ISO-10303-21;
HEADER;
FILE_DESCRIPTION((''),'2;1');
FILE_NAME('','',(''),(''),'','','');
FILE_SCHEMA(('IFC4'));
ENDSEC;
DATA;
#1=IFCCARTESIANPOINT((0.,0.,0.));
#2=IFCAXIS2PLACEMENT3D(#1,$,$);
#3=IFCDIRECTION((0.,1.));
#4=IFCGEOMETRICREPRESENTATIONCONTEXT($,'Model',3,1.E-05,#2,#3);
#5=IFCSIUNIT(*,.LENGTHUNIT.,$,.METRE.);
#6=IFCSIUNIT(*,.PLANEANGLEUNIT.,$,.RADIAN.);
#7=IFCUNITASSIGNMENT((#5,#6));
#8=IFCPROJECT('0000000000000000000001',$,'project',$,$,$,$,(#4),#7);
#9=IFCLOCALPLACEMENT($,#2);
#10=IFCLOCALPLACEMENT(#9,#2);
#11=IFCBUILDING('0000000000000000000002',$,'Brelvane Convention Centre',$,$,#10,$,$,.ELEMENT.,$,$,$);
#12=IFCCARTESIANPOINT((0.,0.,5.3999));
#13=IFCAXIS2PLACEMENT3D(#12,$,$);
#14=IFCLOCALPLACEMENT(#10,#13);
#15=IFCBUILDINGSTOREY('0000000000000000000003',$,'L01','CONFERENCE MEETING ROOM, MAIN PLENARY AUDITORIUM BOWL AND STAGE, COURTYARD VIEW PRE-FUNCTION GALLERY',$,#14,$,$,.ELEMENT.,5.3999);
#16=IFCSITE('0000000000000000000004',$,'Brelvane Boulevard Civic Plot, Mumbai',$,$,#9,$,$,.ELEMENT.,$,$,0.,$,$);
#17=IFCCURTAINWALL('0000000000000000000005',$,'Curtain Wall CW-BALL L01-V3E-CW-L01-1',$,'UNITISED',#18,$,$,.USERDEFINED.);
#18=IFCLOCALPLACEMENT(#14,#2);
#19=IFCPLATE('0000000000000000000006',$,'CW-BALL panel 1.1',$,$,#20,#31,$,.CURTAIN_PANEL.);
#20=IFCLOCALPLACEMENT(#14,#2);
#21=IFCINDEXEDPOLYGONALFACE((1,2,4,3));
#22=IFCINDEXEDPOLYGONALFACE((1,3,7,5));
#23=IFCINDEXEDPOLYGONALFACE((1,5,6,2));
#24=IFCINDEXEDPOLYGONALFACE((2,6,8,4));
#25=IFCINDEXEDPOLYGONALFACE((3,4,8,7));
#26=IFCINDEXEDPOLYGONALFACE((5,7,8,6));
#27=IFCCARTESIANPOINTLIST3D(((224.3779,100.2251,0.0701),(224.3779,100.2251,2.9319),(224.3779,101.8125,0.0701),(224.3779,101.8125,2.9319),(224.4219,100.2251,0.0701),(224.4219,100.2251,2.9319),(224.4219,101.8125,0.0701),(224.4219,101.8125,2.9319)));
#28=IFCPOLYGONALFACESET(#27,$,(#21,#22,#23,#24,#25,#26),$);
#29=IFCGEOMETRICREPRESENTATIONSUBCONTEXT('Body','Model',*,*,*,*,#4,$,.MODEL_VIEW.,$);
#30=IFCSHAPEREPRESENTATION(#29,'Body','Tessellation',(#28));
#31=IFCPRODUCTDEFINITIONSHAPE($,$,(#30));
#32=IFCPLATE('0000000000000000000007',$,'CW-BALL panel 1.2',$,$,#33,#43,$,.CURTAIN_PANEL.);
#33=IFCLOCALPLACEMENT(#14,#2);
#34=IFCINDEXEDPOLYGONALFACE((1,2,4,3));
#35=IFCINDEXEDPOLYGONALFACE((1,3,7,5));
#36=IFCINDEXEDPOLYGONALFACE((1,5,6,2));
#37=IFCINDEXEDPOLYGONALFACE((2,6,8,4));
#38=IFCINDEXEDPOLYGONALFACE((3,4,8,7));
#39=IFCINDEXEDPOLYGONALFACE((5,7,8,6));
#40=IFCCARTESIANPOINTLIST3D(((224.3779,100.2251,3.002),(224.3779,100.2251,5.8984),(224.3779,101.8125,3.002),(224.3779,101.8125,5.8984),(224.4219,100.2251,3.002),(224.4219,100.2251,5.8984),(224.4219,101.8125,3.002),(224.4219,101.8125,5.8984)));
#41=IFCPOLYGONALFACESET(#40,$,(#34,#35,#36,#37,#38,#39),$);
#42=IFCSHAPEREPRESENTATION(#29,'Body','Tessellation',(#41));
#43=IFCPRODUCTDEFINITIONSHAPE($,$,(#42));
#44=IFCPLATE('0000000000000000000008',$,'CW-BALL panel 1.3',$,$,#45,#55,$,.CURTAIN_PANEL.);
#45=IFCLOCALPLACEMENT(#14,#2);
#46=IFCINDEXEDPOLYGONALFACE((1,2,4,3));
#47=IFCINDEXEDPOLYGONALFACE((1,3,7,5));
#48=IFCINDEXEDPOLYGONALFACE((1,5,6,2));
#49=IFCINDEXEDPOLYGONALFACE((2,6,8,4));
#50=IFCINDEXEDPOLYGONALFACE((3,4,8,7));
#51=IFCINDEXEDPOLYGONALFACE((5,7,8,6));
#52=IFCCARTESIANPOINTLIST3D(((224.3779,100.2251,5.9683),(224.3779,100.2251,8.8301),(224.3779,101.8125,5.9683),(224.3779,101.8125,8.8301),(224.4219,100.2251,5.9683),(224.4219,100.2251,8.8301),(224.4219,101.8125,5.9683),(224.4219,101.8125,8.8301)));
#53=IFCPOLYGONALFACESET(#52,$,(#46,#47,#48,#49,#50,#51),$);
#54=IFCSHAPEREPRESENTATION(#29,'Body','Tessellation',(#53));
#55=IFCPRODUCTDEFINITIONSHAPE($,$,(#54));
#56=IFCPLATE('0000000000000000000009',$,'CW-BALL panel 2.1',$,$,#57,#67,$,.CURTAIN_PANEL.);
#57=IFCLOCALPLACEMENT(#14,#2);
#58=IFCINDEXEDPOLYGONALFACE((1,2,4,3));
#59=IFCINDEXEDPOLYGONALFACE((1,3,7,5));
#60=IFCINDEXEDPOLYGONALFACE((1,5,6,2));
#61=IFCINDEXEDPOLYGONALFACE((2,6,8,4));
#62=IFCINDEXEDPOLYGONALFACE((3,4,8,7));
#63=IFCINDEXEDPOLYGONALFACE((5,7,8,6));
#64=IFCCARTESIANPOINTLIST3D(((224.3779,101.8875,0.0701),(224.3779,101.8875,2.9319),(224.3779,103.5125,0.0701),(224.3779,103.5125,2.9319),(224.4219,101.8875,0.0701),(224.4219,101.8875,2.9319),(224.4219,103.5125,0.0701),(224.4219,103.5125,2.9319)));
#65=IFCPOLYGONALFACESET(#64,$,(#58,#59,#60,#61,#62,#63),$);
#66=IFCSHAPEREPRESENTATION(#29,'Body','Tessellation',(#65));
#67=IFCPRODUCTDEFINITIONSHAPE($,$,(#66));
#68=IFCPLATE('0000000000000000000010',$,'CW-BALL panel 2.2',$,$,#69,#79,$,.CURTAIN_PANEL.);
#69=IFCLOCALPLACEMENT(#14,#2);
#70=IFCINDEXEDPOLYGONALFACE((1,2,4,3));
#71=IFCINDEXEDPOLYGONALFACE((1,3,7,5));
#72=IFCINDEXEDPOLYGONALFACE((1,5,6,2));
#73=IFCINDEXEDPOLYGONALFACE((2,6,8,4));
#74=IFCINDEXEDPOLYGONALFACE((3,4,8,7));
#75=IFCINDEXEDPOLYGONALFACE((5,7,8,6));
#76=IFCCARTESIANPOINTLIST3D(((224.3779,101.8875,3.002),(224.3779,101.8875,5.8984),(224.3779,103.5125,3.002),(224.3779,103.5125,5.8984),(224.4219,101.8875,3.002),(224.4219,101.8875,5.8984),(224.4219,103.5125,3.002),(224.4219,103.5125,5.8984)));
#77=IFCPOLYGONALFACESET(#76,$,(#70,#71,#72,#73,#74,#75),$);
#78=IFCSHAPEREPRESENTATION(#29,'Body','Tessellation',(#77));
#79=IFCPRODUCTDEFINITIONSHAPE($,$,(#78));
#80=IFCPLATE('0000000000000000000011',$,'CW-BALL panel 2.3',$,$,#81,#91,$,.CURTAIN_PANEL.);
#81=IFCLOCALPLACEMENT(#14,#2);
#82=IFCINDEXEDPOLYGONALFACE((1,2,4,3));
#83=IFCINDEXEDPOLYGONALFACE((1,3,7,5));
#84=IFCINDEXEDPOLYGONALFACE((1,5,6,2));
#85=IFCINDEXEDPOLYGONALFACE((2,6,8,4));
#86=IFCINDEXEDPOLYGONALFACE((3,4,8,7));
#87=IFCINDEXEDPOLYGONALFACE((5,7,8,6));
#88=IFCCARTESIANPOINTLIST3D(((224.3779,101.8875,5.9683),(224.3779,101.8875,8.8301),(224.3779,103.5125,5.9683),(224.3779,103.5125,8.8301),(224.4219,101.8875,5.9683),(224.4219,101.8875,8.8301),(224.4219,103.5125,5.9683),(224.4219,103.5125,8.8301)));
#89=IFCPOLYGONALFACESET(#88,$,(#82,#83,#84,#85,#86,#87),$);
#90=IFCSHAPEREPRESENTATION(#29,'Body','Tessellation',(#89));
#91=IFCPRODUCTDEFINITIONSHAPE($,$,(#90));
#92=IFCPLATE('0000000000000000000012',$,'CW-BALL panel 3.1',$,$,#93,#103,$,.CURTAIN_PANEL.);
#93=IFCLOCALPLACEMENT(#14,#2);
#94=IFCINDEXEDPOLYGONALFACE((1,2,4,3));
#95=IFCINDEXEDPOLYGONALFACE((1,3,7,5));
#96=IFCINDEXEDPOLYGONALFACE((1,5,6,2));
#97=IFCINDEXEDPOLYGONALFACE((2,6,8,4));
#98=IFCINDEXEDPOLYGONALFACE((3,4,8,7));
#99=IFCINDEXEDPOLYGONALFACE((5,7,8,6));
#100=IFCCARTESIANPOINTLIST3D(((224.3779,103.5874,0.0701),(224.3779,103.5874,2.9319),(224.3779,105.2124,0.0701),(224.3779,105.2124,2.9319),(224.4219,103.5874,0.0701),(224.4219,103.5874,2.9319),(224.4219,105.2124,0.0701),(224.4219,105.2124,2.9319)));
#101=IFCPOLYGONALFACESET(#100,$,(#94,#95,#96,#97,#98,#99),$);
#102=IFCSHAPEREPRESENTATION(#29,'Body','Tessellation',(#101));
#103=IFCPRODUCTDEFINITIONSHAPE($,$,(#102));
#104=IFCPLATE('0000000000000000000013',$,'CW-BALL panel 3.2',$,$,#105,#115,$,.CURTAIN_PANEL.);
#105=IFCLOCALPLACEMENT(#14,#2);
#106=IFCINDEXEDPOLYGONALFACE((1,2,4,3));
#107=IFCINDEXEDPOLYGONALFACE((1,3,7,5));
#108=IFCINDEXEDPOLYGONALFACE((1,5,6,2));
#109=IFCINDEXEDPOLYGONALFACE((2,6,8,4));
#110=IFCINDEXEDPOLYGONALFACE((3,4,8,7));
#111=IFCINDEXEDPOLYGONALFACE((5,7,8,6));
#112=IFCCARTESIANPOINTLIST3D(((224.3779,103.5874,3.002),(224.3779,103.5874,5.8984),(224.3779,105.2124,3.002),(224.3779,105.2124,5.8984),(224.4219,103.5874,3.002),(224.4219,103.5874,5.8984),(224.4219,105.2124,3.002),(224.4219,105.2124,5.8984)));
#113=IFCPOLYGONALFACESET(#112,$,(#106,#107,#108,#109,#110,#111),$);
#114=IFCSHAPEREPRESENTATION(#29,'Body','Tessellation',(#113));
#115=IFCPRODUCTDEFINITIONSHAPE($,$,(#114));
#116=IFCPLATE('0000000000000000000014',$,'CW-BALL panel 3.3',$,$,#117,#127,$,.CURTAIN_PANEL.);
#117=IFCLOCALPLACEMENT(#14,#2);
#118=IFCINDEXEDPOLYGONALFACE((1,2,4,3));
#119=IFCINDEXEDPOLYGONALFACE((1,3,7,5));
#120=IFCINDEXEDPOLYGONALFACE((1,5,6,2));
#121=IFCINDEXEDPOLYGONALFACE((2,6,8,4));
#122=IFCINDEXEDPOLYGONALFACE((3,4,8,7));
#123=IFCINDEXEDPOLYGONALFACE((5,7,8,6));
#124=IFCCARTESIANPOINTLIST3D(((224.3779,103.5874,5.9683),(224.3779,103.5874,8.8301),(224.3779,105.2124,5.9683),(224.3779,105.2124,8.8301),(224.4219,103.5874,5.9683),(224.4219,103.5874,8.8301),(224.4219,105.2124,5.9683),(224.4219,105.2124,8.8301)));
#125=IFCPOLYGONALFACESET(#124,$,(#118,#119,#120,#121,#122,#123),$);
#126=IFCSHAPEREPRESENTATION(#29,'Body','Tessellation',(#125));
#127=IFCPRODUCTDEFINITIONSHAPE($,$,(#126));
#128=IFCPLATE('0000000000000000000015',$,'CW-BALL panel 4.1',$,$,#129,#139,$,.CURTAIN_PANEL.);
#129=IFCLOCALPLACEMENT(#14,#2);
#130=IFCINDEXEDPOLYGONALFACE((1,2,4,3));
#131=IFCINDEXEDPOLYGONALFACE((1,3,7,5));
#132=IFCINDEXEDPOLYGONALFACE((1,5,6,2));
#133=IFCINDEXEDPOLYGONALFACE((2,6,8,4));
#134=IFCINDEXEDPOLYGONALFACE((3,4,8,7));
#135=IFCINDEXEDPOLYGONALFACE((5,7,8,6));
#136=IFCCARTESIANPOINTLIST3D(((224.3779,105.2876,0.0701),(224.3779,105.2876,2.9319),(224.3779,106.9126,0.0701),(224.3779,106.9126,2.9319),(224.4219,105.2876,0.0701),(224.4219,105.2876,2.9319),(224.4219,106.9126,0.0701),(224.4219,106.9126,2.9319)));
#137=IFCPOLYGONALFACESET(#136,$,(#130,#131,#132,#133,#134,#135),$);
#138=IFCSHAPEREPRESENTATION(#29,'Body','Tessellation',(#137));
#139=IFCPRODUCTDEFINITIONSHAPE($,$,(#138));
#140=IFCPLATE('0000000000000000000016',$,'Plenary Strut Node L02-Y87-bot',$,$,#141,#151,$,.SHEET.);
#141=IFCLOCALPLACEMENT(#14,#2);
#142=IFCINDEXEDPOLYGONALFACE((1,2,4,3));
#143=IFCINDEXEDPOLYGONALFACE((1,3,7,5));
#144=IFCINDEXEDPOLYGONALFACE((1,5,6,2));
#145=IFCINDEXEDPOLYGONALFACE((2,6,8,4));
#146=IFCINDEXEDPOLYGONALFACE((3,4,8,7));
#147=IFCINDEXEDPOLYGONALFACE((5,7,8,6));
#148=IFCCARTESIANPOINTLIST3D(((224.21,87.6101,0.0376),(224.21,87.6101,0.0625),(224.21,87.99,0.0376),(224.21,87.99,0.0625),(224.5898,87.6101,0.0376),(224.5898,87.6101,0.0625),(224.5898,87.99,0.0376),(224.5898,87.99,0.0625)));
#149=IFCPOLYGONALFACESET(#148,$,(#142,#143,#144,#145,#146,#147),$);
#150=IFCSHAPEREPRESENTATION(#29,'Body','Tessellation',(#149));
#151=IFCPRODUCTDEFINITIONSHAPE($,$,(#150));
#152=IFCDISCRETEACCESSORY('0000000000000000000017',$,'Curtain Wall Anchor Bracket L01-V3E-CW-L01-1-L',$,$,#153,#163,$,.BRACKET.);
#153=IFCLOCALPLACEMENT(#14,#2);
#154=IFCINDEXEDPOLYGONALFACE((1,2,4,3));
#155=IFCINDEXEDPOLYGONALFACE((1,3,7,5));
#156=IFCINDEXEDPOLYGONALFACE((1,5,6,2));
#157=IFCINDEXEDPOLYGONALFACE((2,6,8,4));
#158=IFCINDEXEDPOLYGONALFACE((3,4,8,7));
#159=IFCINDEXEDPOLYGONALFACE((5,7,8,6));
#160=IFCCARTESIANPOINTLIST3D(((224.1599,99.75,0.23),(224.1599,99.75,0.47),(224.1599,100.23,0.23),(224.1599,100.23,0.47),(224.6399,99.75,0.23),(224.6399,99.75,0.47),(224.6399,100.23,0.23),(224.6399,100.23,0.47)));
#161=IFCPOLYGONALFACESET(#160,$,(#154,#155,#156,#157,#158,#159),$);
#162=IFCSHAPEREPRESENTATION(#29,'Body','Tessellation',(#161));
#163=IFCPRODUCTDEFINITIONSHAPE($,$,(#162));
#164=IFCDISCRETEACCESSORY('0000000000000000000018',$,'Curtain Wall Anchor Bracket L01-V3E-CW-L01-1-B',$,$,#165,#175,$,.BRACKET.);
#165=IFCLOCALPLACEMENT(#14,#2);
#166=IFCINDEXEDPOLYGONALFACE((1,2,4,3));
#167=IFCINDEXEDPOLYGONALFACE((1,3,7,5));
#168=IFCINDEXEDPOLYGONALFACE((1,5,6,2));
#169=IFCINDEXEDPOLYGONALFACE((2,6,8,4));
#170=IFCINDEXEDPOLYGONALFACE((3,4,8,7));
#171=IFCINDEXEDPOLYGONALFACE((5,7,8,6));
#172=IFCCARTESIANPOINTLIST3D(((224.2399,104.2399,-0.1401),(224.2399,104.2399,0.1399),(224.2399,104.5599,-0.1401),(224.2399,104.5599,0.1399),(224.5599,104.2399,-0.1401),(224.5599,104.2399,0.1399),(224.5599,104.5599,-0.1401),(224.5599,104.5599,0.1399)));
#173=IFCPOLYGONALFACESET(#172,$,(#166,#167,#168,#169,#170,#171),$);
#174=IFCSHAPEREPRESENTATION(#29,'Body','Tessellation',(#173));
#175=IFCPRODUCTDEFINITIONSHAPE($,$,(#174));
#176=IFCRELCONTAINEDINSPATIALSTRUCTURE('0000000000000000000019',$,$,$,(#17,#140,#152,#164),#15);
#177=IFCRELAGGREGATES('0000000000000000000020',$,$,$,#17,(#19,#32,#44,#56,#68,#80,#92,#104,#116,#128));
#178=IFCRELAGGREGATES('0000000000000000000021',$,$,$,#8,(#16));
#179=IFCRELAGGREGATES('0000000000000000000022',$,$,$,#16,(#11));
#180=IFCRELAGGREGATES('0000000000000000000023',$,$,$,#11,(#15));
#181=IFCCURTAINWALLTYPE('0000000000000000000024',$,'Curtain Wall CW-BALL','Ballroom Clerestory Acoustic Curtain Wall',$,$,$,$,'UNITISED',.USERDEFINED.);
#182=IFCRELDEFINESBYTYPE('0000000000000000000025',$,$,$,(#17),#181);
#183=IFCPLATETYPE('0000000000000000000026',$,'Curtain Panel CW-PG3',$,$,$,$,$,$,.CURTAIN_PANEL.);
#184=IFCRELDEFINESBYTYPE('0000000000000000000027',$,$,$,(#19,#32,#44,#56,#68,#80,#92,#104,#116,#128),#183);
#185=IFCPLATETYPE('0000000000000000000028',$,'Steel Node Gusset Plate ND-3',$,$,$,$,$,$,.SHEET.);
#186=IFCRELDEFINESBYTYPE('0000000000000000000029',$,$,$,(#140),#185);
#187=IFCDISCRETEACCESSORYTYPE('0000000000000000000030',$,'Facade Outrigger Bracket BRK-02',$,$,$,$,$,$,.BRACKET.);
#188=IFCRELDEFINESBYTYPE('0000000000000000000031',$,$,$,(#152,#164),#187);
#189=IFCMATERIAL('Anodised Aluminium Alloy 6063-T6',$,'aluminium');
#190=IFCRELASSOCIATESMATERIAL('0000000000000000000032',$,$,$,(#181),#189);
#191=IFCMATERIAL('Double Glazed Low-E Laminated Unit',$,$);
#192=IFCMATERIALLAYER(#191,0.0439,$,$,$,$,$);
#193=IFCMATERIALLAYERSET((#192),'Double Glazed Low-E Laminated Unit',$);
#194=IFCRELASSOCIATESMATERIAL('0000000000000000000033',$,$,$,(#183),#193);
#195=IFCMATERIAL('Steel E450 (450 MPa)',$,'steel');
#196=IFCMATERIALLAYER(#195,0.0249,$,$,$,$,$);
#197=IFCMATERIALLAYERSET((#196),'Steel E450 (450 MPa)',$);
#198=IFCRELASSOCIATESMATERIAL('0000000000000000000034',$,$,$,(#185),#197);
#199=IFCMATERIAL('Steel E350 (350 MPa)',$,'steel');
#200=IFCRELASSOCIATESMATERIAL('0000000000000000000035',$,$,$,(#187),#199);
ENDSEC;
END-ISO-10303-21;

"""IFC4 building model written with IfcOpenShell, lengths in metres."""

from ifc_helpers import new_model, si_unit, direction, frame, origin, origin_2d, place, context, subcontext, project, spatial, rectangle, extrude, material, layer, layer_set, type_object, element, aggregate, save


model = new_model("IFC4")

# Units and contexts
model_context = context("Model", 3, precision=1e-05, world=origin(), true_north=direction((0.0, 1.0)))
body_context = subcontext(model_context, "Body", "Model", "MODEL_VIEW")
ifc_project = project(units=[si_unit("LENGTHUNIT", "METRE"), si_unit("PLANEANGLEUNIT", "RADIAN")], contexts=[model_context])

# Site, building, storey
site_placement = place(None, origin())
site = spatial("IfcSite", under=ifc_project, at=site_placement, Name="Brelvane Boulevard Civic Plot, Mumbai", CompositionType="ELEMENT", RefElevation=0.0)
building_placement = place(site_placement, origin())
building = spatial("IfcBuilding", under=site, at=building_placement, Name="Brelvane Convention Centre", CompositionType="ELEMENT")
storey_placement = place(building_placement, frame((0.0, 0.0, 5.3999)))
storey = spatial("IfcBuildingStorey", under=building, at=storey_placement, Name="L01", Description="CONFERENCE MEETING ROOM, MAIN PLENARY AUDITORIUM BOWL AND STAGE, COURTYARD VIEW PRE-FUNCTION GALLERY", CompositionType="ELEMENT", Elevation=5.3999)

# Curtain wall
ifc_material_1 = material(Name="Anodised Aluminium Alloy 6063-T6", Category="aluminium")
curtain_wall_type = type_object("IfcCurtainWallType", Name="Curtain Wall CW-BALL", Description="Ballroom Clerestory Acoustic Curtain Wall", ElementType="UNITISED", PredefinedType="USERDEFINED", material=ifc_material_1)
curtain_wall_placement = place(storey_placement, origin())
curtain_wall = element("IfcCurtainWall", 1, at=curtain_wall_placement, inside=storey, type_object=curtain_wall_type, Name="Curtain Wall CW-BALL L01-V3E-CW-L01-1", ObjectType="UNITISED", PredefinedType="USERDEFINED")

# Plates
ifc_material_2 = material(Name="Double Glazed Low-E Laminated Unit")
ifc_layer_1 = layer(ifc_material_2, 0.0439)
ifc_layer_set_1 = layer_set([ifc_layer_1], Name="Double Glazed Low-E Laminated Unit")
plate_type_1 = type_object("IfcPlateType", Name="Curtain Panel CW-PG3", PredefinedType="CURTAIN_PANEL", material=ifc_layer_set_1)
plate_1_placement = place(storey_placement, frame((224.3999, 101.0188, 0.0701), z_axis=(0.0, 0.0, 1.0), x_axis=(0.0, 1.0, 0.0)))
plate_1 = element("IfcPlate", 2, at=plate_1_placement, type_object=plate_type_1, Name="CW-BALL panel 1.1", PredefinedType="CURTAIN_PANEL", context=body_context, shape_type="SweptSolid", body=[
    extrude(rectangle(XDim=1.5874, YDim=0.0439, at=origin_2d()), origin(), (0.0, 0.0, 1.0), 2.8618),
])
plate_2_placement = place(storey_placement, frame((224.3999, 101.0188, 3.002), z_axis=(0.0, 0.0, 1.0), x_axis=(0.0, 1.0, 0.0)))
plate_2 = element("IfcPlate", 3, at=plate_2_placement, type_object=plate_type_1, Name="CW-BALL panel 1.2", PredefinedType="CURTAIN_PANEL", context=body_context, shape_type="SweptSolid", body=[
    extrude(rectangle(XDim=1.5874, YDim=0.0439, at=origin_2d()), origin(), (0.0, 0.0, 1.0), 2.8965),
])
plate_3_placement = place(storey_placement, frame((224.3999, 101.0188, 5.9683), z_axis=(0.0, 0.0, 1.0), x_axis=(0.0, 1.0, 0.0)))
plate_3 = element("IfcPlate", 4, at=plate_3_placement, type_object=plate_type_1, Name="CW-BALL panel 1.3", PredefinedType="CURTAIN_PANEL", context=body_context, shape_type="SweptSolid", body=[
    extrude(rectangle(XDim=1.5874, YDim=0.0439, at=origin_2d()), origin(), (0.0, 0.0, 1.0), 2.8618),
])
plate_4_placement = place(storey_placement, frame((224.3999, 102.7, 0.0701), z_axis=(0.0, 0.0, 1.0), x_axis=(0.0, 1.0, 0.0)))
plate_4 = element("IfcPlate", 5, at=plate_4_placement, type_object=plate_type_1, Name="CW-BALL panel 2.1", PredefinedType="CURTAIN_PANEL", context=body_context, shape_type="SweptSolid", body=[
    extrude(rectangle(XDim=1.625, YDim=0.0439, at=origin_2d()), origin(), (0.0, 0.0, 1.0), 2.8618),
])
plate_5_placement = place(storey_placement, frame((224.3999, 102.7, 3.002), z_axis=(0.0, 0.0, 1.0), x_axis=(0.0, 1.0, 0.0)))
plate_5 = element("IfcPlate", 6, at=plate_5_placement, type_object=plate_type_1, Name="CW-BALL panel 2.2", PredefinedType="CURTAIN_PANEL", context=body_context, shape_type="SweptSolid", body=[
    extrude(rectangle(XDim=1.625, YDim=0.0439, at=origin_2d()), origin(), (0.0, 0.0, 1.0), 2.8965),
])
plate_6_placement = place(storey_placement, frame((224.3999, 102.7, 5.9683), z_axis=(0.0, 0.0, 1.0), x_axis=(0.0, 1.0, 0.0)))
plate_6 = element("IfcPlate", 7, at=plate_6_placement, type_object=plate_type_1, Name="CW-BALL panel 2.3", PredefinedType="CURTAIN_PANEL", context=body_context, shape_type="SweptSolid", body=[
    extrude(rectangle(XDim=1.625, YDim=0.0439, at=origin_2d()), origin(), (0.0, 0.0, 1.0), 2.8618),
])
plate_7_placement = place(storey_placement, frame((224.3999, 104.3999, 0.0701), z_axis=(0.0, 0.0, 1.0), x_axis=(0.0, 1.0, 0.0)))
plate_7 = element("IfcPlate", 8, at=plate_7_placement, type_object=plate_type_1, Name="CW-BALL panel 3.1", PredefinedType="CURTAIN_PANEL", context=body_context, shape_type="SweptSolid", body=[
    extrude(rectangle(XDim=1.625, YDim=0.0439, at=origin_2d()), origin(), (0.0, 0.0, 1.0), 2.8618),
])
plate_8_placement = place(storey_placement, frame((224.3999, 104.3999, 3.002), z_axis=(0.0, 0.0, 1.0), x_axis=(0.0, 1.0, 0.0)))
plate_8 = element("IfcPlate", 9, at=plate_8_placement, type_object=plate_type_1, Name="CW-BALL panel 3.2", PredefinedType="CURTAIN_PANEL", context=body_context, shape_type="SweptSolid", body=[
    extrude(rectangle(XDim=1.625, YDim=0.0439, at=origin_2d()), origin(), (0.0, 0.0, 1.0), 2.8965),
])
plate_9_placement = place(storey_placement, frame((224.3999, 104.3999, 5.9683), z_axis=(0.0, 0.0, 1.0), x_axis=(0.0, 1.0, 0.0)))
plate_9 = element("IfcPlate", 10, at=plate_9_placement, type_object=plate_type_1, Name="CW-BALL panel 3.3", PredefinedType="CURTAIN_PANEL", context=body_context, shape_type="SweptSolid", body=[
    extrude(rectangle(XDim=1.625, YDim=0.0439, at=origin_2d()), origin(), (0.0, 0.0, 1.0), 2.8618),
])
plate_10_placement = place(storey_placement, frame((224.3999, 106.1001, 0.0701), z_axis=(0.0, 0.0, 1.0), x_axis=(0.0, 1.0, 0.0)))
plate_10 = element("IfcPlate", 11, at=plate_10_placement, type_object=plate_type_1, Name="CW-BALL panel 4.1", PredefinedType="CURTAIN_PANEL", context=body_context, shape_type="SweptSolid", body=[
    extrude(rectangle(XDim=1.625, YDim=0.0439, at=origin_2d()), origin(), (0.0, 0.0, 1.0), 2.8618),
])
aggregate(curtain_wall, [plate_1, plate_2, plate_3, plate_4, plate_5, plate_6, plate_7, plate_8, plate_9, plate_10])
ifc_material_3 = material(Name="Steel E450 (450 MPa)", Category="steel")
ifc_layer_2 = layer(ifc_material_3, 0.0249)
ifc_layer_set_2 = layer_set([ifc_layer_2], Name="Steel E450 (450 MPa)")
plate_type_2 = type_object("IfcPlateType", Name="Steel Node Gusset Plate ND-3", PredefinedType="SHEET", material=ifc_layer_set_2)
plate_11_placement = place(storey_placement, frame((224.3999, 87.8, 0.0376), z_axis=(0.0, 0.0, 1.0), x_axis=(1.0, 0.0, 0.0)))
element("IfcPlate", 12, at=plate_11_placement, inside=storey, type_object=plate_type_2, Name="Plenary Strut Node L02-Y87-bot", PredefinedType="SHEET", context=body_context, shape_type="SweptSolid", body=[
    extrude(rectangle(XDim=0.3799, YDim=0.3799, at=origin_2d()), origin(), (0.0, 0.0, 1.0), 0.0249),
])

# Discrete accessories
ifc_material_4 = material(Name="Steel E350 (350 MPa)", Category="steel")
discrete_accessory_type = type_object("IfcDiscreteAccessoryType", Name="Facade Outrigger Bracket BRK-02", PredefinedType="BRACKET", material=ifc_material_4)
discrete_accessory_1_placement = place(storey_placement, frame((224.3999, 99.99, 0.23), z_axis=(0.0, 0.0, 1.0), x_axis=(1.0, 0.0, 0.0)))
element("IfcDiscreteAccessory", 13, at=discrete_accessory_1_placement, inside=storey, type_object=discrete_accessory_type, Name="Curtain Wall Anchor Bracket L01-V3E-CW-L01-1-L", PredefinedType="BRACKET", context=body_context, shape_type="SweptSolid", body=[
    extrude(rectangle(XDim=0.48, YDim=0.48, at=origin_2d()), origin(), (0.0, 0.0, 1.0), 0.24),
])
discrete_accessory_2_placement = place(storey_placement, frame((224.3999, 104.3999, -0.1401), z_axis=(0.0, 0.0, 1.0), x_axis=(1.0, 0.0, 0.0)))
element("IfcDiscreteAccessory", 14, at=discrete_accessory_2_placement, inside=storey, type_object=discrete_accessory_type, Name="Curtain Wall Anchor Bracket L01-V3E-CW-L01-1-B", PredefinedType="BRACKET", context=body_context, shape_type="SweptSolid", body=[
    extrude(rectangle(XDim=0.3201, YDim=0.3201, at=origin_2d()), origin(), (0.0, 0.0, 1.0), 0.28),
])

save(model, "model.ifc")
